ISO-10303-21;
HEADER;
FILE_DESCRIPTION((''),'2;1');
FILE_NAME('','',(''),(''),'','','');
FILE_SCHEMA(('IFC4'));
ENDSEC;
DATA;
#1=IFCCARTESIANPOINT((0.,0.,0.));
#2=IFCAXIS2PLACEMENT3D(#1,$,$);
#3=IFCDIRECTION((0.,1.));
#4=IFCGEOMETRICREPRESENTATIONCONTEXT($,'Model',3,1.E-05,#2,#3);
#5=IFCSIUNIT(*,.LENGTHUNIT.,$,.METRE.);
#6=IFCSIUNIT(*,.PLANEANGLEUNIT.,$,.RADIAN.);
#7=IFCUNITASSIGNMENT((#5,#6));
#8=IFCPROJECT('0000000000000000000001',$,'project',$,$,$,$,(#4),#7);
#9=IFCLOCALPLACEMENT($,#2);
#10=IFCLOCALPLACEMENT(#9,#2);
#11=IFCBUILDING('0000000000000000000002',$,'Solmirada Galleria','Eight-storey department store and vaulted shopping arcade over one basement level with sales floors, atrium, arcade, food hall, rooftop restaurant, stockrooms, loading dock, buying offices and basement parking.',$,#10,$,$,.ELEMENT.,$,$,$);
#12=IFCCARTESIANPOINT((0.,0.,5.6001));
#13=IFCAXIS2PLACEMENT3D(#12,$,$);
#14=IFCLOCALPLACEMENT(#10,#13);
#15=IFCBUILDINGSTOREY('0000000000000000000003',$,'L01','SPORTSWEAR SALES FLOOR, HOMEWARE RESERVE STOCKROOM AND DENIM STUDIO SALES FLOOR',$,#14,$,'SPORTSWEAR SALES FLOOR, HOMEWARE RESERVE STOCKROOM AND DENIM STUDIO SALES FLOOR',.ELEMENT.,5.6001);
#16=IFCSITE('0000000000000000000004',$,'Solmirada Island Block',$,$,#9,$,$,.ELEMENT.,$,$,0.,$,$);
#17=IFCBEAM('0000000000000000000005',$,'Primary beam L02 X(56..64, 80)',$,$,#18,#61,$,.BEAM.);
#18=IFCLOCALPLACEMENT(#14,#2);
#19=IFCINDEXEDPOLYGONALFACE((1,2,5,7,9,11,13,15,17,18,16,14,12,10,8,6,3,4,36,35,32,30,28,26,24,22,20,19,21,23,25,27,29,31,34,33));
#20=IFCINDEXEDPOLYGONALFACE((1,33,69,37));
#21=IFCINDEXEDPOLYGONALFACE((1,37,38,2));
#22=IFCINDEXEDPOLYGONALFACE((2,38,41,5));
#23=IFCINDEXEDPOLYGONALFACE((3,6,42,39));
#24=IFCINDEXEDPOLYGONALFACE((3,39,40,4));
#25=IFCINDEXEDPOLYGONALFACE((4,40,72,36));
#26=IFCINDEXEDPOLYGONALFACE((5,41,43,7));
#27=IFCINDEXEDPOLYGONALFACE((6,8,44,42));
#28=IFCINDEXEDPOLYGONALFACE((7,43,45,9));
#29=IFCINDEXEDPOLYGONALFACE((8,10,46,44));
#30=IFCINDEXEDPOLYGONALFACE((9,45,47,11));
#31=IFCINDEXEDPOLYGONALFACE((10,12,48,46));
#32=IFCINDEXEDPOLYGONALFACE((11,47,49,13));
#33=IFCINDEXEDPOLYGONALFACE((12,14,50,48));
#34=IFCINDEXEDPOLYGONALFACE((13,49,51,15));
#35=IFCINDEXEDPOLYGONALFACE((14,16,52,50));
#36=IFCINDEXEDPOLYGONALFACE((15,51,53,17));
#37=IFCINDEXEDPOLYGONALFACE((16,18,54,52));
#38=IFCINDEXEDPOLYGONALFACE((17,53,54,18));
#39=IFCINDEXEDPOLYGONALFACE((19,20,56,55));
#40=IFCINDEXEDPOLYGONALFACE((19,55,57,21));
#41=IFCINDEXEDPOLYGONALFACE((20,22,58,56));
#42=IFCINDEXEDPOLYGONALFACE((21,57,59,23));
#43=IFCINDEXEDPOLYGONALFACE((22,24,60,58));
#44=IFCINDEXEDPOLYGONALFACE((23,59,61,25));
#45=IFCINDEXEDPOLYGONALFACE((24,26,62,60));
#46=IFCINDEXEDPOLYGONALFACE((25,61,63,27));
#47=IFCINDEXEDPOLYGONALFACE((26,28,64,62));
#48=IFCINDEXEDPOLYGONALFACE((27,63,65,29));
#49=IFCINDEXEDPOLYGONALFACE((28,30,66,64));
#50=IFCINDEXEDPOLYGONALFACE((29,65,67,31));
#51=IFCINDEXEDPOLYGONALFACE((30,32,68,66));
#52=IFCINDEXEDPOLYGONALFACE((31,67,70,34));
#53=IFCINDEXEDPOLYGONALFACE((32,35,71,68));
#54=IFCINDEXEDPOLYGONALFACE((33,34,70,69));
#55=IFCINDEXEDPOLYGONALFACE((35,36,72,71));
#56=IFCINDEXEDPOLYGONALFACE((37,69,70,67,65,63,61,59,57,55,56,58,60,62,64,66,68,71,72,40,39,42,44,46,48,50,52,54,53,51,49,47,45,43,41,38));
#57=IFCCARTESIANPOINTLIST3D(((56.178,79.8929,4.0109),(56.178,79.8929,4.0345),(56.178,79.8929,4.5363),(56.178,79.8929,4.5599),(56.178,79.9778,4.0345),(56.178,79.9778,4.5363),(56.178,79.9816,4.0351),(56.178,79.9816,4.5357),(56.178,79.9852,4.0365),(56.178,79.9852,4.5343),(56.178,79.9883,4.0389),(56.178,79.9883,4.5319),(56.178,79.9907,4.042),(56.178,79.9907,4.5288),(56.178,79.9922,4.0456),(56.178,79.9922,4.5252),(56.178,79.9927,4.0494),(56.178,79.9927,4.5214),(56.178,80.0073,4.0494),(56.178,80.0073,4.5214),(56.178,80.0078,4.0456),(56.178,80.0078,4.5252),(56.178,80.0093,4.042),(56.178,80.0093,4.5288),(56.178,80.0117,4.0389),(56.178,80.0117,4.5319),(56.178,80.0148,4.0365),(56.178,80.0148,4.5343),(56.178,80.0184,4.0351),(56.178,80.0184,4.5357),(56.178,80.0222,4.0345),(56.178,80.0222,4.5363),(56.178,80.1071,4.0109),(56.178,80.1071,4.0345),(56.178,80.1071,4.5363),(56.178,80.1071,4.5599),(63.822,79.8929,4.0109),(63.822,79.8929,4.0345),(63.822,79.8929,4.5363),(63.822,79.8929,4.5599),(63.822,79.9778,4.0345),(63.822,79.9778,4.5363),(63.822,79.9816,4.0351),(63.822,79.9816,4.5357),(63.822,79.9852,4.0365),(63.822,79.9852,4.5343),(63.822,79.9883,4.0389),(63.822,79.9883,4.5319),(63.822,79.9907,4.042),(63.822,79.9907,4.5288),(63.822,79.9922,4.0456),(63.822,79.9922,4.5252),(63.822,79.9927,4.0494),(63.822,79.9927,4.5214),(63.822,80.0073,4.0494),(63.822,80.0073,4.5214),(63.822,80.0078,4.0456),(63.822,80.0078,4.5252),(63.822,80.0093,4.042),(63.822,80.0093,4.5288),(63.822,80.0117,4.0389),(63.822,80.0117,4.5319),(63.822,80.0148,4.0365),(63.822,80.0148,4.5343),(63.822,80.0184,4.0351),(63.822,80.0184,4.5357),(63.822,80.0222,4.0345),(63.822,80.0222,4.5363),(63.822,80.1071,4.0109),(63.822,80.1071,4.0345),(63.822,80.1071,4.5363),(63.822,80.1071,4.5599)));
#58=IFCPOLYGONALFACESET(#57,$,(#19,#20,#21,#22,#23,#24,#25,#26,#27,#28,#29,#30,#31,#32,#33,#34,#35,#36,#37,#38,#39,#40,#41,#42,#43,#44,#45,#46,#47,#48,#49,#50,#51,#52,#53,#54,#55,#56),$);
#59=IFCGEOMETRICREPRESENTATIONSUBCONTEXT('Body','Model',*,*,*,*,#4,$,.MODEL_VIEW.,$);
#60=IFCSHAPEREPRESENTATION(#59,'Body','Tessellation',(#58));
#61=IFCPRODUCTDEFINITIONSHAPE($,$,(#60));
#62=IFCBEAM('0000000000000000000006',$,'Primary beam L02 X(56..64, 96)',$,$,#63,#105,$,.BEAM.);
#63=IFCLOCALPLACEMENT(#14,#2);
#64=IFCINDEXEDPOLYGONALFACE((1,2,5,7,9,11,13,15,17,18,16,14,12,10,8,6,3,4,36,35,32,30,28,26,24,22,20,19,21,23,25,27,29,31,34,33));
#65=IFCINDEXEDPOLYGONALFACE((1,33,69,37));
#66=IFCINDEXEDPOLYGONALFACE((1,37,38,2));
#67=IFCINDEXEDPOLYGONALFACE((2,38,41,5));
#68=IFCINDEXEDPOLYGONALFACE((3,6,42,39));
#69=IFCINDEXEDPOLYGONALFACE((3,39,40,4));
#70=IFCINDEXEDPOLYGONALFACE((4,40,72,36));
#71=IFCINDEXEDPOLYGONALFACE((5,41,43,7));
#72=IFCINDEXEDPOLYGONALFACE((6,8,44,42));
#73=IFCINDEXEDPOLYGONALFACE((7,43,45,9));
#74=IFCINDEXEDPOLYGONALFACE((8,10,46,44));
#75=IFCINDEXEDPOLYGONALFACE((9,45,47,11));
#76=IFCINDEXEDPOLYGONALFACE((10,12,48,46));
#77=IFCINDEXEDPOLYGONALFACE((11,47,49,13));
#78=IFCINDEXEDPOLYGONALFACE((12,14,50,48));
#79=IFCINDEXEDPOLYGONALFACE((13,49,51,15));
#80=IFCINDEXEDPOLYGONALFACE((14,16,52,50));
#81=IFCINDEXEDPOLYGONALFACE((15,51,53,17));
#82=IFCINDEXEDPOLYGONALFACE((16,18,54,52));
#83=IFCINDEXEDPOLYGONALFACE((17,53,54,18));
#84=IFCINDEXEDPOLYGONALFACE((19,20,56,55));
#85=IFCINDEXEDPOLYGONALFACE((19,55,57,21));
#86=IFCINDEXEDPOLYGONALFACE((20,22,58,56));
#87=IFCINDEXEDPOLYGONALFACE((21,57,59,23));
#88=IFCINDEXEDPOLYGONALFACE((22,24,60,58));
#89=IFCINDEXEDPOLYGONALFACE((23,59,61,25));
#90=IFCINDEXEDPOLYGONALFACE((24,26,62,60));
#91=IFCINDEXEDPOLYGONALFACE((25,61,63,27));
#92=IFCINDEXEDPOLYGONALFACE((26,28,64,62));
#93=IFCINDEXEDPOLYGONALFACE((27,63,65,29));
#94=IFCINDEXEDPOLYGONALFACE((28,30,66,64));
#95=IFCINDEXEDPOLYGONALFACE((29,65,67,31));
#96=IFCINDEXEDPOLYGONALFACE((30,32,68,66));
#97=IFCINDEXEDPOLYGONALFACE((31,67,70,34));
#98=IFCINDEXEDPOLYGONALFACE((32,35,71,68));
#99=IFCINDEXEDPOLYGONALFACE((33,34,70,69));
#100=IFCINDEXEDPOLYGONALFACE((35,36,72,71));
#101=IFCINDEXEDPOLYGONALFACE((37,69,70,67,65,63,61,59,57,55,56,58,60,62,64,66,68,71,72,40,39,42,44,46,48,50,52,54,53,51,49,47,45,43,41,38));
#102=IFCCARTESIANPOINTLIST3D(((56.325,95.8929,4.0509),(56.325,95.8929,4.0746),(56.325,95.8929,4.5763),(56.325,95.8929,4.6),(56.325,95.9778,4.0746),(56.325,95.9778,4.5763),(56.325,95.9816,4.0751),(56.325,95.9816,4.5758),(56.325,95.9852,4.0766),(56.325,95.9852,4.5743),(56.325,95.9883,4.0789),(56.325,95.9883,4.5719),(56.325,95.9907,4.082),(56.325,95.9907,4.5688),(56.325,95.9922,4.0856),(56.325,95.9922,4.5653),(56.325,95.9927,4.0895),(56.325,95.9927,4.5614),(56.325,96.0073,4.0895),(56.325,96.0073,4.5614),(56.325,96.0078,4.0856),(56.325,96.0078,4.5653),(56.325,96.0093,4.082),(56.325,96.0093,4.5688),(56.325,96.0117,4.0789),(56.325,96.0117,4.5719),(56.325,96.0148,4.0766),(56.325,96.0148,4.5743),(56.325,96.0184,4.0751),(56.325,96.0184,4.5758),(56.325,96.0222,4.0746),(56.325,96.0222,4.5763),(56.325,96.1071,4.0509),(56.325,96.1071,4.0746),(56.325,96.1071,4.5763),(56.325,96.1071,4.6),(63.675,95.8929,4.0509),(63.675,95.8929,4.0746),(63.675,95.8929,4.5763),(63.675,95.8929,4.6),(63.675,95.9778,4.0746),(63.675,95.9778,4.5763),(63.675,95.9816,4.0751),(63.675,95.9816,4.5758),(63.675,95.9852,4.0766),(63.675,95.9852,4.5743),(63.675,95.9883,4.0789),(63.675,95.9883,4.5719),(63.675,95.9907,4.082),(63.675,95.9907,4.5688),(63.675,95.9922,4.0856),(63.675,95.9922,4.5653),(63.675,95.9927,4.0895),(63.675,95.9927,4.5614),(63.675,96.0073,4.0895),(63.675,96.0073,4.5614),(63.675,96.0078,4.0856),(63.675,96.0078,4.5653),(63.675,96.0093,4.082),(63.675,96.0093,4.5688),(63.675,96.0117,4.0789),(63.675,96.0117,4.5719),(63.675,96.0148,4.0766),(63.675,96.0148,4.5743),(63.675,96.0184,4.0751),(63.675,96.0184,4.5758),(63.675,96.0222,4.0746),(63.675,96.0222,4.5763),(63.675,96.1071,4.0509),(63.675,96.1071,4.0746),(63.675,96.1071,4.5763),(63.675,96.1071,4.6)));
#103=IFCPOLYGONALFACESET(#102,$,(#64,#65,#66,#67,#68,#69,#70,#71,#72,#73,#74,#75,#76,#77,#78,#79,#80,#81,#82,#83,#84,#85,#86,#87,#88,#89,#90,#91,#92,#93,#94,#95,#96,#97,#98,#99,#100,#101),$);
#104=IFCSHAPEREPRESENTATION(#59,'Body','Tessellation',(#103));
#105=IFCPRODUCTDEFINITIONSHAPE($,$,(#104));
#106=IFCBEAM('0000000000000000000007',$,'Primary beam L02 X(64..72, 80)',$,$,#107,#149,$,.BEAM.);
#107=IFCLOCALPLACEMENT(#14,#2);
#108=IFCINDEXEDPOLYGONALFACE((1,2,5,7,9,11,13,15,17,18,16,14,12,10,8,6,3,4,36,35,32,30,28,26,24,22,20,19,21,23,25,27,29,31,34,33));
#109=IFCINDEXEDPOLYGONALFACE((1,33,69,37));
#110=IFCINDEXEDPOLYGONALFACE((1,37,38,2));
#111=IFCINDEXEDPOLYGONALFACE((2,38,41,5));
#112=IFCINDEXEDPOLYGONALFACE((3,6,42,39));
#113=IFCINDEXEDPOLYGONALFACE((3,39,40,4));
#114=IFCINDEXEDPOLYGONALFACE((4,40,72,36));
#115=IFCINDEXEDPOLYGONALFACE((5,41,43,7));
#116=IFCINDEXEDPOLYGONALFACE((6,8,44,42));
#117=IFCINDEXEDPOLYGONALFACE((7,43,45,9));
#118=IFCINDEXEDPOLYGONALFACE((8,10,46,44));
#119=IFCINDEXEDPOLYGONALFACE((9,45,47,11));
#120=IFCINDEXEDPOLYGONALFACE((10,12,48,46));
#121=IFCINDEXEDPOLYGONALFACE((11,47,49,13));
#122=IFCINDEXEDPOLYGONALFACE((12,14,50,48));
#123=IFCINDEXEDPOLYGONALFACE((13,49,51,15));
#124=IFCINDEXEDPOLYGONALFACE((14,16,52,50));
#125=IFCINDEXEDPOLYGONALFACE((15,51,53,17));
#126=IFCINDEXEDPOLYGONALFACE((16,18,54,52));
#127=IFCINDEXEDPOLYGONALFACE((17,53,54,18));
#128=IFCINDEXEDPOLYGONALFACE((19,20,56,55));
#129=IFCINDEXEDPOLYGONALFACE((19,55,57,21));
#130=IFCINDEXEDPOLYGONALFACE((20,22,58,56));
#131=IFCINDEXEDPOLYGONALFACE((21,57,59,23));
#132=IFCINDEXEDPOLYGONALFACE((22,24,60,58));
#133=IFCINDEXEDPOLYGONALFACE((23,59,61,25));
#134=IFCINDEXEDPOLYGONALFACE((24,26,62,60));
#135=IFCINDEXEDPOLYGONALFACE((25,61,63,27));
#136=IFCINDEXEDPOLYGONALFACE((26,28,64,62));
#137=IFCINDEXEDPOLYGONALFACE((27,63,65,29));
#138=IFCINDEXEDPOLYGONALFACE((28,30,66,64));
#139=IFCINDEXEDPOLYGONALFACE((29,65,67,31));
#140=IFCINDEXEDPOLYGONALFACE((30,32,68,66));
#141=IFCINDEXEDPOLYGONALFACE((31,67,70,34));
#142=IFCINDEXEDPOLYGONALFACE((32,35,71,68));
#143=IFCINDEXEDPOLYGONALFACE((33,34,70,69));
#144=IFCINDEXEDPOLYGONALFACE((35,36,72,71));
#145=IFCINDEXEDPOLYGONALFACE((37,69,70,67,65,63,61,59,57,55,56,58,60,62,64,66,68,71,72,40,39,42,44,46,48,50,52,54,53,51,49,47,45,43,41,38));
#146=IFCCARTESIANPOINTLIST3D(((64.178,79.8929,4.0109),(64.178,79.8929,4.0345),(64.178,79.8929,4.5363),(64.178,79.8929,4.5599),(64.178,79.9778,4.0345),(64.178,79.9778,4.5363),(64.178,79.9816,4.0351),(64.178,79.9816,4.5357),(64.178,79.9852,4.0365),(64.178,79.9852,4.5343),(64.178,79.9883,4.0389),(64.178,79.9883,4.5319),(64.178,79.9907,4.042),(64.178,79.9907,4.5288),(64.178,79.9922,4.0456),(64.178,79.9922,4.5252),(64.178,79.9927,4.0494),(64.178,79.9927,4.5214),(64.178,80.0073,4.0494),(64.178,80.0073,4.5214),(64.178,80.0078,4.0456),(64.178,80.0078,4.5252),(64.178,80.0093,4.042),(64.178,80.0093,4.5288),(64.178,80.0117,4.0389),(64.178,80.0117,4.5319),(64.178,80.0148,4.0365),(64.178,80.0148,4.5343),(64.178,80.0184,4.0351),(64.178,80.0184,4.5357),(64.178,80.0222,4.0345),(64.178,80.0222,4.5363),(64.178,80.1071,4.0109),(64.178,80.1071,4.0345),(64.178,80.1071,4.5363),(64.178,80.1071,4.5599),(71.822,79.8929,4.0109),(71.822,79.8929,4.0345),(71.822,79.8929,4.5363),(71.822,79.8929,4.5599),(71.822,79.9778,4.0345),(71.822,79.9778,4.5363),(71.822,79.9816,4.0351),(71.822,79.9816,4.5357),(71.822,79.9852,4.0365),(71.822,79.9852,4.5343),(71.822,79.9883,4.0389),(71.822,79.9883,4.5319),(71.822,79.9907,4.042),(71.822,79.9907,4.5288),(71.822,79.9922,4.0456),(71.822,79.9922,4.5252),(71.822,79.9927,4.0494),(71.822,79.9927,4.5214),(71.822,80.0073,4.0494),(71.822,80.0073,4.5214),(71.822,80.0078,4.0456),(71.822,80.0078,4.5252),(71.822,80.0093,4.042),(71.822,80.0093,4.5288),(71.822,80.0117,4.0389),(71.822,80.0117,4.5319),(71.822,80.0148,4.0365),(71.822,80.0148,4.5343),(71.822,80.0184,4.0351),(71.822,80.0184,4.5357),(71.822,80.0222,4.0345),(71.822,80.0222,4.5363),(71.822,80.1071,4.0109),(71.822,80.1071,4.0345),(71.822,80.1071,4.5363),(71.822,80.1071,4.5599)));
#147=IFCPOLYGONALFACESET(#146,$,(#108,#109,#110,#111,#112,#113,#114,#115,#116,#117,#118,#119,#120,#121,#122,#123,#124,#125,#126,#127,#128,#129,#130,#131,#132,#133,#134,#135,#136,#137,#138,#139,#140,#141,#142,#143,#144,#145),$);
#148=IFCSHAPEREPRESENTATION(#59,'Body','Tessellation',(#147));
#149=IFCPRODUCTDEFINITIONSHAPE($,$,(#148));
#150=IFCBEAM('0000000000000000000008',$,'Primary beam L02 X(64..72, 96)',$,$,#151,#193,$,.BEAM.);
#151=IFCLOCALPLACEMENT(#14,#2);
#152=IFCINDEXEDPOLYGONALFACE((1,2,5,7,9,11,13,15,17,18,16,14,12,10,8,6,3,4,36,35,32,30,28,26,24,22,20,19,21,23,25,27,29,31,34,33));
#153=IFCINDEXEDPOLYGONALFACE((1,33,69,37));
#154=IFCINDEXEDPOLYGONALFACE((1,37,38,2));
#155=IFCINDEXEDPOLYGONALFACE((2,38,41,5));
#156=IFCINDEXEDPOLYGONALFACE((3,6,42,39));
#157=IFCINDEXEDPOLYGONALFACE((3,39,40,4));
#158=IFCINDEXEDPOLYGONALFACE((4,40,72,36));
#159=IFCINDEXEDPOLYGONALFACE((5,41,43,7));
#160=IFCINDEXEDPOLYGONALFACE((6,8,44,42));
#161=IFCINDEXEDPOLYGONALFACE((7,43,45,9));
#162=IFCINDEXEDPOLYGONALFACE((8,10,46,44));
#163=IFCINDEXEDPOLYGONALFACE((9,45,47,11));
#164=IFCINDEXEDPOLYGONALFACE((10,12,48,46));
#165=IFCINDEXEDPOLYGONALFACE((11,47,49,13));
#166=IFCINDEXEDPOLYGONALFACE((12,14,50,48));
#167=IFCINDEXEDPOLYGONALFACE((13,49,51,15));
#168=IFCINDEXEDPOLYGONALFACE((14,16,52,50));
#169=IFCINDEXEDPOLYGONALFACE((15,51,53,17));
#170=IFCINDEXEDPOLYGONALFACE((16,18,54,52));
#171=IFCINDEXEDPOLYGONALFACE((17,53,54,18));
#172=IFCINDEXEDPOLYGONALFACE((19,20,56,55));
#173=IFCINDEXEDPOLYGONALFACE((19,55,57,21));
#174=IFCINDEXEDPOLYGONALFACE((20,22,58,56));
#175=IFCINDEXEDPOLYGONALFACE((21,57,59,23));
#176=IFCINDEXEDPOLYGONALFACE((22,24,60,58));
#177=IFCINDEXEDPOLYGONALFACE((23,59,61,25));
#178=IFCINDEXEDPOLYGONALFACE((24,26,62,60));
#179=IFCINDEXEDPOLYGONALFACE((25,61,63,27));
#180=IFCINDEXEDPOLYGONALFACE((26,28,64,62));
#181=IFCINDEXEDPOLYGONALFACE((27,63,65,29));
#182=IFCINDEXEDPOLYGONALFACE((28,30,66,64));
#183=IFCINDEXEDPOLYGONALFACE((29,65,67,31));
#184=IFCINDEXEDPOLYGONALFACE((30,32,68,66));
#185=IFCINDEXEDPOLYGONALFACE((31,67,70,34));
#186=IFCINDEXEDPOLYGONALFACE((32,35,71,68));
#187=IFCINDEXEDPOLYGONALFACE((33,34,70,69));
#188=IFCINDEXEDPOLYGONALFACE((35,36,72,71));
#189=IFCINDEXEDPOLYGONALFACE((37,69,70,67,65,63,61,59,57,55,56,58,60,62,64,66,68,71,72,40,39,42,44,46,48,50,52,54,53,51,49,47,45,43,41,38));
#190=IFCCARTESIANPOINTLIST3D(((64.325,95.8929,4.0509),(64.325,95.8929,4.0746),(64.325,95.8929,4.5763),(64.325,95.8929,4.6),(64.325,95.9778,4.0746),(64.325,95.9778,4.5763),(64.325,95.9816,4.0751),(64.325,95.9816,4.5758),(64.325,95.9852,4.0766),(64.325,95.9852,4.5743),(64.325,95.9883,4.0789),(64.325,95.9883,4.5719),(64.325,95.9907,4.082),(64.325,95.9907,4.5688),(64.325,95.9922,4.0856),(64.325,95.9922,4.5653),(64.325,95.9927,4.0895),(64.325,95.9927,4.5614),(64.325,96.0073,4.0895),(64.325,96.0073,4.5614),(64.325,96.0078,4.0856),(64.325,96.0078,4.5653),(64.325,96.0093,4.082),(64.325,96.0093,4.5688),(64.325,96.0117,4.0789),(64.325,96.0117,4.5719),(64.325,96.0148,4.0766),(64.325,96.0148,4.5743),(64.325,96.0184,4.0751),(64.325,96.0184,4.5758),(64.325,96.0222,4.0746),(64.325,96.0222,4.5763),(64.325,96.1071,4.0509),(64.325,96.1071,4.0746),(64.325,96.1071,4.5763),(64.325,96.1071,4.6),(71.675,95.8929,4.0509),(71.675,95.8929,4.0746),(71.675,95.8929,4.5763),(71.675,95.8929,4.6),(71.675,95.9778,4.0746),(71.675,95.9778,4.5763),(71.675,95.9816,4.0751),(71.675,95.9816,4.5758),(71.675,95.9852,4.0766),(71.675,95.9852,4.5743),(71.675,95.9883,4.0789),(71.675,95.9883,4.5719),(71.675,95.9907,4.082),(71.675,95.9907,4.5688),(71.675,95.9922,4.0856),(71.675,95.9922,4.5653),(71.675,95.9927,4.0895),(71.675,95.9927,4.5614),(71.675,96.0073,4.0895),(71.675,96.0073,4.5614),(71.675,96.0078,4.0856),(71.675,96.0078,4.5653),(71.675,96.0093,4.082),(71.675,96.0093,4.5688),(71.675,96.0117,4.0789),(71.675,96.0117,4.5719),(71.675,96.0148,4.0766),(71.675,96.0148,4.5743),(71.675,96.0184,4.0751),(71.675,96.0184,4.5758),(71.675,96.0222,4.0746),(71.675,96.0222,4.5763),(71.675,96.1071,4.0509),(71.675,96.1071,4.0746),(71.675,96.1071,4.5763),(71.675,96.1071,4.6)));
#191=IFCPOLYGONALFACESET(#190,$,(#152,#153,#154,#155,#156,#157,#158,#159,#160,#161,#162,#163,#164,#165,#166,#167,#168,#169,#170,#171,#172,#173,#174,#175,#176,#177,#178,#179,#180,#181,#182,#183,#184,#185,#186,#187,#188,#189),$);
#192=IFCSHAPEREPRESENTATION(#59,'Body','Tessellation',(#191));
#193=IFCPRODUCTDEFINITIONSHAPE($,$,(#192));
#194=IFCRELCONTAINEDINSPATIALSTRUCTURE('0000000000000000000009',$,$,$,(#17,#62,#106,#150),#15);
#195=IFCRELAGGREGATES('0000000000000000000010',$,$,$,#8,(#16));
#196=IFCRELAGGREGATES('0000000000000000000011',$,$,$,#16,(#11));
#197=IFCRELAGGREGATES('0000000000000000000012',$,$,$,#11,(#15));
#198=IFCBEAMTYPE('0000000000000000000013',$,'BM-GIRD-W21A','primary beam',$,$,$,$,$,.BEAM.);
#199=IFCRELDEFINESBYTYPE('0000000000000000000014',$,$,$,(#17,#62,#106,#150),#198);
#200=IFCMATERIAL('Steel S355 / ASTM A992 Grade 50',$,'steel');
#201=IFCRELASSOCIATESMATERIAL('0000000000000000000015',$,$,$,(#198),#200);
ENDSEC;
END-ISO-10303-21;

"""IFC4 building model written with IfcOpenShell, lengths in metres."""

from ifc_helpers import new_model, si_unit, direction, frame, origin, origin_2d, place, context, subcontext, project, spatial, i_section, extrude, material, material_profile, profile_set, type_object, element, save


model = new_model("IFC4")

# Units and contexts
model_context = context("Model", 3, precision=1e-05, world=origin(), true_north=direction((0.0, 1.0)))
body_context = subcontext(model_context, "Body", "Model", "MODEL_VIEW")
ifc_project = project(units=[si_unit("LENGTHUNIT", "METRE"), si_unit("PLANEANGLEUNIT", "RADIAN")], contexts=[model_context])

# Site, building, storey
site_placement = place(None, origin())
site = spatial("IfcSite", under=ifc_project, at=site_placement, Name="Solmirada Island Block", CompositionType="ELEMENT", RefElevation=0.0)
building_placement = place(site_placement, origin())
building = spatial("IfcBuilding", under=site, at=building_placement, Name="Solmirada Galleria", Description="Eight-storey department store and vaulted shopping arcade over one basement level with sales floors, atrium, arcade, food hall, rooftop restaurant, stockrooms, loading dock, buying offices and basement parking.", CompositionType="ELEMENT")
storey_placement = place(building_placement, frame((0.0, 0.0, 5.6001)))
storey = spatial("IfcBuildingStorey", under=building, at=storey_placement, Name="L01", Description="SPORTSWEAR SALES FLOOR, HOMEWARE RESERVE STOCKROOM AND DENIM STUDIO SALES FLOOR", LongName="SPORTSWEAR SALES FLOOR, HOMEWARE RESERVE STOCKROOM AND DENIM STUDIO SALES FLOOR", CompositionType="ELEMENT", Elevation=5.6001)

# Beams
ifc_material_1 = material(Name="Steel S355 / ASTM A992 Grade 50", Category="steel")
ifc_material_profile_1 = material_profile(ifc_material_1, i_section(OverallWidth=0.2141, OverallDepth=0.5491, WebThickness=0.0146, FlangeThickness=0.0237, FilletRadius=0.0149, at=origin_2d()), Name="W21X93")
ifc_profile_set_1 = profile_set([ifc_material_profile_1], Name="Steel S355 / ASTM A992 Grade 50")
beam_type_1 = type_object("IfcBeamType", Name="BM-GIRD-W21A", Description="primary beam", PredefinedType="BEAM", material=ifc_profile_set_1)
beam_1_placement = place(storey_placement, frame((56.178, 80.0, 4.2854), z_axis=(1.0, 0.0, 0.0), x_axis=(0.0, 1.0, 0.0)))
element("IfcBeam", 1, at=beam_1_placement, inside=storey, type_object=beam_type_1, Name="Primary beam L02 X(56..64, 80)", PredefinedType="BEAM", context=body_context, shape_type="SweptSolid", body=[
    extrude(i_section(OverallWidth=0.2141, OverallDepth=0.5491, WebThickness=0.0146, FlangeThickness=0.0237, FilletRadius=0.0149, at=origin_2d()), origin(), (0.0, 0.0, 1.0), 7.644),
])
beam_2_placement = place(storey_placement, frame((56.325, 96.0, 4.3254), z_axis=(1.0, 0.0, 0.0), x_axis=(0.0, 1.0, 0.0)))
element("IfcBeam", 2, at=beam_2_placement, inside=storey, type_object=beam_type_1, Name="Primary beam L02 X(56..64, 96)", PredefinedType="BEAM", context=body_context, shape_type="SweptSolid", body=[
    extrude(i_section(OverallWidth=0.2141, OverallDepth=0.5491, WebThickness=0.0146, FlangeThickness=0.0237, FilletRadius=0.0149, at=origin_2d()), origin(), (0.0, 0.0, 1.0), 7.3501),
])
beam_3_placement = place(storey_placement, frame((64.178, 80.0, 4.2854), z_axis=(1.0, 0.0, 0.0), x_axis=(0.0, 1.0, 0.0)))
element("IfcBeam", 3, at=beam_3_placement, inside=storey, type_object=beam_type_1, Name="Primary beam L02 X(64..72, 80)", PredefinedType="BEAM", context=body_context, shape_type="SweptSolid", body=[
    extrude(i_section(OverallWidth=0.2141, OverallDepth=0.5491, WebThickness=0.0146, FlangeThickness=0.0237, FilletRadius=0.0149, at=origin_2d()), origin(), (0.0, 0.0, 1.0), 7.644),
])
beam_4_placement = place(storey_placement, frame((64.325, 96.0, 4.3254), z_axis=(1.0, 0.0, 0.0), x_axis=(0.0, 1.0, 0.0)))
element("IfcBeam", 4, at=beam_4_placement, inside=storey, type_object=beam_type_1, Name="Primary beam L02 X(64..72, 96)", PredefinedType="BEAM", context=body_context, shape_type="SweptSolid", body=[
    extrude(i_section(OverallWidth=0.2141, OverallDepth=0.5491, WebThickness=0.0146, FlangeThickness=0.0237, FilletRadius=0.0149, at=origin_2d()), origin(), (0.0, 0.0, 1.0), 7.3501),
])

save(model, "model.ifc")
